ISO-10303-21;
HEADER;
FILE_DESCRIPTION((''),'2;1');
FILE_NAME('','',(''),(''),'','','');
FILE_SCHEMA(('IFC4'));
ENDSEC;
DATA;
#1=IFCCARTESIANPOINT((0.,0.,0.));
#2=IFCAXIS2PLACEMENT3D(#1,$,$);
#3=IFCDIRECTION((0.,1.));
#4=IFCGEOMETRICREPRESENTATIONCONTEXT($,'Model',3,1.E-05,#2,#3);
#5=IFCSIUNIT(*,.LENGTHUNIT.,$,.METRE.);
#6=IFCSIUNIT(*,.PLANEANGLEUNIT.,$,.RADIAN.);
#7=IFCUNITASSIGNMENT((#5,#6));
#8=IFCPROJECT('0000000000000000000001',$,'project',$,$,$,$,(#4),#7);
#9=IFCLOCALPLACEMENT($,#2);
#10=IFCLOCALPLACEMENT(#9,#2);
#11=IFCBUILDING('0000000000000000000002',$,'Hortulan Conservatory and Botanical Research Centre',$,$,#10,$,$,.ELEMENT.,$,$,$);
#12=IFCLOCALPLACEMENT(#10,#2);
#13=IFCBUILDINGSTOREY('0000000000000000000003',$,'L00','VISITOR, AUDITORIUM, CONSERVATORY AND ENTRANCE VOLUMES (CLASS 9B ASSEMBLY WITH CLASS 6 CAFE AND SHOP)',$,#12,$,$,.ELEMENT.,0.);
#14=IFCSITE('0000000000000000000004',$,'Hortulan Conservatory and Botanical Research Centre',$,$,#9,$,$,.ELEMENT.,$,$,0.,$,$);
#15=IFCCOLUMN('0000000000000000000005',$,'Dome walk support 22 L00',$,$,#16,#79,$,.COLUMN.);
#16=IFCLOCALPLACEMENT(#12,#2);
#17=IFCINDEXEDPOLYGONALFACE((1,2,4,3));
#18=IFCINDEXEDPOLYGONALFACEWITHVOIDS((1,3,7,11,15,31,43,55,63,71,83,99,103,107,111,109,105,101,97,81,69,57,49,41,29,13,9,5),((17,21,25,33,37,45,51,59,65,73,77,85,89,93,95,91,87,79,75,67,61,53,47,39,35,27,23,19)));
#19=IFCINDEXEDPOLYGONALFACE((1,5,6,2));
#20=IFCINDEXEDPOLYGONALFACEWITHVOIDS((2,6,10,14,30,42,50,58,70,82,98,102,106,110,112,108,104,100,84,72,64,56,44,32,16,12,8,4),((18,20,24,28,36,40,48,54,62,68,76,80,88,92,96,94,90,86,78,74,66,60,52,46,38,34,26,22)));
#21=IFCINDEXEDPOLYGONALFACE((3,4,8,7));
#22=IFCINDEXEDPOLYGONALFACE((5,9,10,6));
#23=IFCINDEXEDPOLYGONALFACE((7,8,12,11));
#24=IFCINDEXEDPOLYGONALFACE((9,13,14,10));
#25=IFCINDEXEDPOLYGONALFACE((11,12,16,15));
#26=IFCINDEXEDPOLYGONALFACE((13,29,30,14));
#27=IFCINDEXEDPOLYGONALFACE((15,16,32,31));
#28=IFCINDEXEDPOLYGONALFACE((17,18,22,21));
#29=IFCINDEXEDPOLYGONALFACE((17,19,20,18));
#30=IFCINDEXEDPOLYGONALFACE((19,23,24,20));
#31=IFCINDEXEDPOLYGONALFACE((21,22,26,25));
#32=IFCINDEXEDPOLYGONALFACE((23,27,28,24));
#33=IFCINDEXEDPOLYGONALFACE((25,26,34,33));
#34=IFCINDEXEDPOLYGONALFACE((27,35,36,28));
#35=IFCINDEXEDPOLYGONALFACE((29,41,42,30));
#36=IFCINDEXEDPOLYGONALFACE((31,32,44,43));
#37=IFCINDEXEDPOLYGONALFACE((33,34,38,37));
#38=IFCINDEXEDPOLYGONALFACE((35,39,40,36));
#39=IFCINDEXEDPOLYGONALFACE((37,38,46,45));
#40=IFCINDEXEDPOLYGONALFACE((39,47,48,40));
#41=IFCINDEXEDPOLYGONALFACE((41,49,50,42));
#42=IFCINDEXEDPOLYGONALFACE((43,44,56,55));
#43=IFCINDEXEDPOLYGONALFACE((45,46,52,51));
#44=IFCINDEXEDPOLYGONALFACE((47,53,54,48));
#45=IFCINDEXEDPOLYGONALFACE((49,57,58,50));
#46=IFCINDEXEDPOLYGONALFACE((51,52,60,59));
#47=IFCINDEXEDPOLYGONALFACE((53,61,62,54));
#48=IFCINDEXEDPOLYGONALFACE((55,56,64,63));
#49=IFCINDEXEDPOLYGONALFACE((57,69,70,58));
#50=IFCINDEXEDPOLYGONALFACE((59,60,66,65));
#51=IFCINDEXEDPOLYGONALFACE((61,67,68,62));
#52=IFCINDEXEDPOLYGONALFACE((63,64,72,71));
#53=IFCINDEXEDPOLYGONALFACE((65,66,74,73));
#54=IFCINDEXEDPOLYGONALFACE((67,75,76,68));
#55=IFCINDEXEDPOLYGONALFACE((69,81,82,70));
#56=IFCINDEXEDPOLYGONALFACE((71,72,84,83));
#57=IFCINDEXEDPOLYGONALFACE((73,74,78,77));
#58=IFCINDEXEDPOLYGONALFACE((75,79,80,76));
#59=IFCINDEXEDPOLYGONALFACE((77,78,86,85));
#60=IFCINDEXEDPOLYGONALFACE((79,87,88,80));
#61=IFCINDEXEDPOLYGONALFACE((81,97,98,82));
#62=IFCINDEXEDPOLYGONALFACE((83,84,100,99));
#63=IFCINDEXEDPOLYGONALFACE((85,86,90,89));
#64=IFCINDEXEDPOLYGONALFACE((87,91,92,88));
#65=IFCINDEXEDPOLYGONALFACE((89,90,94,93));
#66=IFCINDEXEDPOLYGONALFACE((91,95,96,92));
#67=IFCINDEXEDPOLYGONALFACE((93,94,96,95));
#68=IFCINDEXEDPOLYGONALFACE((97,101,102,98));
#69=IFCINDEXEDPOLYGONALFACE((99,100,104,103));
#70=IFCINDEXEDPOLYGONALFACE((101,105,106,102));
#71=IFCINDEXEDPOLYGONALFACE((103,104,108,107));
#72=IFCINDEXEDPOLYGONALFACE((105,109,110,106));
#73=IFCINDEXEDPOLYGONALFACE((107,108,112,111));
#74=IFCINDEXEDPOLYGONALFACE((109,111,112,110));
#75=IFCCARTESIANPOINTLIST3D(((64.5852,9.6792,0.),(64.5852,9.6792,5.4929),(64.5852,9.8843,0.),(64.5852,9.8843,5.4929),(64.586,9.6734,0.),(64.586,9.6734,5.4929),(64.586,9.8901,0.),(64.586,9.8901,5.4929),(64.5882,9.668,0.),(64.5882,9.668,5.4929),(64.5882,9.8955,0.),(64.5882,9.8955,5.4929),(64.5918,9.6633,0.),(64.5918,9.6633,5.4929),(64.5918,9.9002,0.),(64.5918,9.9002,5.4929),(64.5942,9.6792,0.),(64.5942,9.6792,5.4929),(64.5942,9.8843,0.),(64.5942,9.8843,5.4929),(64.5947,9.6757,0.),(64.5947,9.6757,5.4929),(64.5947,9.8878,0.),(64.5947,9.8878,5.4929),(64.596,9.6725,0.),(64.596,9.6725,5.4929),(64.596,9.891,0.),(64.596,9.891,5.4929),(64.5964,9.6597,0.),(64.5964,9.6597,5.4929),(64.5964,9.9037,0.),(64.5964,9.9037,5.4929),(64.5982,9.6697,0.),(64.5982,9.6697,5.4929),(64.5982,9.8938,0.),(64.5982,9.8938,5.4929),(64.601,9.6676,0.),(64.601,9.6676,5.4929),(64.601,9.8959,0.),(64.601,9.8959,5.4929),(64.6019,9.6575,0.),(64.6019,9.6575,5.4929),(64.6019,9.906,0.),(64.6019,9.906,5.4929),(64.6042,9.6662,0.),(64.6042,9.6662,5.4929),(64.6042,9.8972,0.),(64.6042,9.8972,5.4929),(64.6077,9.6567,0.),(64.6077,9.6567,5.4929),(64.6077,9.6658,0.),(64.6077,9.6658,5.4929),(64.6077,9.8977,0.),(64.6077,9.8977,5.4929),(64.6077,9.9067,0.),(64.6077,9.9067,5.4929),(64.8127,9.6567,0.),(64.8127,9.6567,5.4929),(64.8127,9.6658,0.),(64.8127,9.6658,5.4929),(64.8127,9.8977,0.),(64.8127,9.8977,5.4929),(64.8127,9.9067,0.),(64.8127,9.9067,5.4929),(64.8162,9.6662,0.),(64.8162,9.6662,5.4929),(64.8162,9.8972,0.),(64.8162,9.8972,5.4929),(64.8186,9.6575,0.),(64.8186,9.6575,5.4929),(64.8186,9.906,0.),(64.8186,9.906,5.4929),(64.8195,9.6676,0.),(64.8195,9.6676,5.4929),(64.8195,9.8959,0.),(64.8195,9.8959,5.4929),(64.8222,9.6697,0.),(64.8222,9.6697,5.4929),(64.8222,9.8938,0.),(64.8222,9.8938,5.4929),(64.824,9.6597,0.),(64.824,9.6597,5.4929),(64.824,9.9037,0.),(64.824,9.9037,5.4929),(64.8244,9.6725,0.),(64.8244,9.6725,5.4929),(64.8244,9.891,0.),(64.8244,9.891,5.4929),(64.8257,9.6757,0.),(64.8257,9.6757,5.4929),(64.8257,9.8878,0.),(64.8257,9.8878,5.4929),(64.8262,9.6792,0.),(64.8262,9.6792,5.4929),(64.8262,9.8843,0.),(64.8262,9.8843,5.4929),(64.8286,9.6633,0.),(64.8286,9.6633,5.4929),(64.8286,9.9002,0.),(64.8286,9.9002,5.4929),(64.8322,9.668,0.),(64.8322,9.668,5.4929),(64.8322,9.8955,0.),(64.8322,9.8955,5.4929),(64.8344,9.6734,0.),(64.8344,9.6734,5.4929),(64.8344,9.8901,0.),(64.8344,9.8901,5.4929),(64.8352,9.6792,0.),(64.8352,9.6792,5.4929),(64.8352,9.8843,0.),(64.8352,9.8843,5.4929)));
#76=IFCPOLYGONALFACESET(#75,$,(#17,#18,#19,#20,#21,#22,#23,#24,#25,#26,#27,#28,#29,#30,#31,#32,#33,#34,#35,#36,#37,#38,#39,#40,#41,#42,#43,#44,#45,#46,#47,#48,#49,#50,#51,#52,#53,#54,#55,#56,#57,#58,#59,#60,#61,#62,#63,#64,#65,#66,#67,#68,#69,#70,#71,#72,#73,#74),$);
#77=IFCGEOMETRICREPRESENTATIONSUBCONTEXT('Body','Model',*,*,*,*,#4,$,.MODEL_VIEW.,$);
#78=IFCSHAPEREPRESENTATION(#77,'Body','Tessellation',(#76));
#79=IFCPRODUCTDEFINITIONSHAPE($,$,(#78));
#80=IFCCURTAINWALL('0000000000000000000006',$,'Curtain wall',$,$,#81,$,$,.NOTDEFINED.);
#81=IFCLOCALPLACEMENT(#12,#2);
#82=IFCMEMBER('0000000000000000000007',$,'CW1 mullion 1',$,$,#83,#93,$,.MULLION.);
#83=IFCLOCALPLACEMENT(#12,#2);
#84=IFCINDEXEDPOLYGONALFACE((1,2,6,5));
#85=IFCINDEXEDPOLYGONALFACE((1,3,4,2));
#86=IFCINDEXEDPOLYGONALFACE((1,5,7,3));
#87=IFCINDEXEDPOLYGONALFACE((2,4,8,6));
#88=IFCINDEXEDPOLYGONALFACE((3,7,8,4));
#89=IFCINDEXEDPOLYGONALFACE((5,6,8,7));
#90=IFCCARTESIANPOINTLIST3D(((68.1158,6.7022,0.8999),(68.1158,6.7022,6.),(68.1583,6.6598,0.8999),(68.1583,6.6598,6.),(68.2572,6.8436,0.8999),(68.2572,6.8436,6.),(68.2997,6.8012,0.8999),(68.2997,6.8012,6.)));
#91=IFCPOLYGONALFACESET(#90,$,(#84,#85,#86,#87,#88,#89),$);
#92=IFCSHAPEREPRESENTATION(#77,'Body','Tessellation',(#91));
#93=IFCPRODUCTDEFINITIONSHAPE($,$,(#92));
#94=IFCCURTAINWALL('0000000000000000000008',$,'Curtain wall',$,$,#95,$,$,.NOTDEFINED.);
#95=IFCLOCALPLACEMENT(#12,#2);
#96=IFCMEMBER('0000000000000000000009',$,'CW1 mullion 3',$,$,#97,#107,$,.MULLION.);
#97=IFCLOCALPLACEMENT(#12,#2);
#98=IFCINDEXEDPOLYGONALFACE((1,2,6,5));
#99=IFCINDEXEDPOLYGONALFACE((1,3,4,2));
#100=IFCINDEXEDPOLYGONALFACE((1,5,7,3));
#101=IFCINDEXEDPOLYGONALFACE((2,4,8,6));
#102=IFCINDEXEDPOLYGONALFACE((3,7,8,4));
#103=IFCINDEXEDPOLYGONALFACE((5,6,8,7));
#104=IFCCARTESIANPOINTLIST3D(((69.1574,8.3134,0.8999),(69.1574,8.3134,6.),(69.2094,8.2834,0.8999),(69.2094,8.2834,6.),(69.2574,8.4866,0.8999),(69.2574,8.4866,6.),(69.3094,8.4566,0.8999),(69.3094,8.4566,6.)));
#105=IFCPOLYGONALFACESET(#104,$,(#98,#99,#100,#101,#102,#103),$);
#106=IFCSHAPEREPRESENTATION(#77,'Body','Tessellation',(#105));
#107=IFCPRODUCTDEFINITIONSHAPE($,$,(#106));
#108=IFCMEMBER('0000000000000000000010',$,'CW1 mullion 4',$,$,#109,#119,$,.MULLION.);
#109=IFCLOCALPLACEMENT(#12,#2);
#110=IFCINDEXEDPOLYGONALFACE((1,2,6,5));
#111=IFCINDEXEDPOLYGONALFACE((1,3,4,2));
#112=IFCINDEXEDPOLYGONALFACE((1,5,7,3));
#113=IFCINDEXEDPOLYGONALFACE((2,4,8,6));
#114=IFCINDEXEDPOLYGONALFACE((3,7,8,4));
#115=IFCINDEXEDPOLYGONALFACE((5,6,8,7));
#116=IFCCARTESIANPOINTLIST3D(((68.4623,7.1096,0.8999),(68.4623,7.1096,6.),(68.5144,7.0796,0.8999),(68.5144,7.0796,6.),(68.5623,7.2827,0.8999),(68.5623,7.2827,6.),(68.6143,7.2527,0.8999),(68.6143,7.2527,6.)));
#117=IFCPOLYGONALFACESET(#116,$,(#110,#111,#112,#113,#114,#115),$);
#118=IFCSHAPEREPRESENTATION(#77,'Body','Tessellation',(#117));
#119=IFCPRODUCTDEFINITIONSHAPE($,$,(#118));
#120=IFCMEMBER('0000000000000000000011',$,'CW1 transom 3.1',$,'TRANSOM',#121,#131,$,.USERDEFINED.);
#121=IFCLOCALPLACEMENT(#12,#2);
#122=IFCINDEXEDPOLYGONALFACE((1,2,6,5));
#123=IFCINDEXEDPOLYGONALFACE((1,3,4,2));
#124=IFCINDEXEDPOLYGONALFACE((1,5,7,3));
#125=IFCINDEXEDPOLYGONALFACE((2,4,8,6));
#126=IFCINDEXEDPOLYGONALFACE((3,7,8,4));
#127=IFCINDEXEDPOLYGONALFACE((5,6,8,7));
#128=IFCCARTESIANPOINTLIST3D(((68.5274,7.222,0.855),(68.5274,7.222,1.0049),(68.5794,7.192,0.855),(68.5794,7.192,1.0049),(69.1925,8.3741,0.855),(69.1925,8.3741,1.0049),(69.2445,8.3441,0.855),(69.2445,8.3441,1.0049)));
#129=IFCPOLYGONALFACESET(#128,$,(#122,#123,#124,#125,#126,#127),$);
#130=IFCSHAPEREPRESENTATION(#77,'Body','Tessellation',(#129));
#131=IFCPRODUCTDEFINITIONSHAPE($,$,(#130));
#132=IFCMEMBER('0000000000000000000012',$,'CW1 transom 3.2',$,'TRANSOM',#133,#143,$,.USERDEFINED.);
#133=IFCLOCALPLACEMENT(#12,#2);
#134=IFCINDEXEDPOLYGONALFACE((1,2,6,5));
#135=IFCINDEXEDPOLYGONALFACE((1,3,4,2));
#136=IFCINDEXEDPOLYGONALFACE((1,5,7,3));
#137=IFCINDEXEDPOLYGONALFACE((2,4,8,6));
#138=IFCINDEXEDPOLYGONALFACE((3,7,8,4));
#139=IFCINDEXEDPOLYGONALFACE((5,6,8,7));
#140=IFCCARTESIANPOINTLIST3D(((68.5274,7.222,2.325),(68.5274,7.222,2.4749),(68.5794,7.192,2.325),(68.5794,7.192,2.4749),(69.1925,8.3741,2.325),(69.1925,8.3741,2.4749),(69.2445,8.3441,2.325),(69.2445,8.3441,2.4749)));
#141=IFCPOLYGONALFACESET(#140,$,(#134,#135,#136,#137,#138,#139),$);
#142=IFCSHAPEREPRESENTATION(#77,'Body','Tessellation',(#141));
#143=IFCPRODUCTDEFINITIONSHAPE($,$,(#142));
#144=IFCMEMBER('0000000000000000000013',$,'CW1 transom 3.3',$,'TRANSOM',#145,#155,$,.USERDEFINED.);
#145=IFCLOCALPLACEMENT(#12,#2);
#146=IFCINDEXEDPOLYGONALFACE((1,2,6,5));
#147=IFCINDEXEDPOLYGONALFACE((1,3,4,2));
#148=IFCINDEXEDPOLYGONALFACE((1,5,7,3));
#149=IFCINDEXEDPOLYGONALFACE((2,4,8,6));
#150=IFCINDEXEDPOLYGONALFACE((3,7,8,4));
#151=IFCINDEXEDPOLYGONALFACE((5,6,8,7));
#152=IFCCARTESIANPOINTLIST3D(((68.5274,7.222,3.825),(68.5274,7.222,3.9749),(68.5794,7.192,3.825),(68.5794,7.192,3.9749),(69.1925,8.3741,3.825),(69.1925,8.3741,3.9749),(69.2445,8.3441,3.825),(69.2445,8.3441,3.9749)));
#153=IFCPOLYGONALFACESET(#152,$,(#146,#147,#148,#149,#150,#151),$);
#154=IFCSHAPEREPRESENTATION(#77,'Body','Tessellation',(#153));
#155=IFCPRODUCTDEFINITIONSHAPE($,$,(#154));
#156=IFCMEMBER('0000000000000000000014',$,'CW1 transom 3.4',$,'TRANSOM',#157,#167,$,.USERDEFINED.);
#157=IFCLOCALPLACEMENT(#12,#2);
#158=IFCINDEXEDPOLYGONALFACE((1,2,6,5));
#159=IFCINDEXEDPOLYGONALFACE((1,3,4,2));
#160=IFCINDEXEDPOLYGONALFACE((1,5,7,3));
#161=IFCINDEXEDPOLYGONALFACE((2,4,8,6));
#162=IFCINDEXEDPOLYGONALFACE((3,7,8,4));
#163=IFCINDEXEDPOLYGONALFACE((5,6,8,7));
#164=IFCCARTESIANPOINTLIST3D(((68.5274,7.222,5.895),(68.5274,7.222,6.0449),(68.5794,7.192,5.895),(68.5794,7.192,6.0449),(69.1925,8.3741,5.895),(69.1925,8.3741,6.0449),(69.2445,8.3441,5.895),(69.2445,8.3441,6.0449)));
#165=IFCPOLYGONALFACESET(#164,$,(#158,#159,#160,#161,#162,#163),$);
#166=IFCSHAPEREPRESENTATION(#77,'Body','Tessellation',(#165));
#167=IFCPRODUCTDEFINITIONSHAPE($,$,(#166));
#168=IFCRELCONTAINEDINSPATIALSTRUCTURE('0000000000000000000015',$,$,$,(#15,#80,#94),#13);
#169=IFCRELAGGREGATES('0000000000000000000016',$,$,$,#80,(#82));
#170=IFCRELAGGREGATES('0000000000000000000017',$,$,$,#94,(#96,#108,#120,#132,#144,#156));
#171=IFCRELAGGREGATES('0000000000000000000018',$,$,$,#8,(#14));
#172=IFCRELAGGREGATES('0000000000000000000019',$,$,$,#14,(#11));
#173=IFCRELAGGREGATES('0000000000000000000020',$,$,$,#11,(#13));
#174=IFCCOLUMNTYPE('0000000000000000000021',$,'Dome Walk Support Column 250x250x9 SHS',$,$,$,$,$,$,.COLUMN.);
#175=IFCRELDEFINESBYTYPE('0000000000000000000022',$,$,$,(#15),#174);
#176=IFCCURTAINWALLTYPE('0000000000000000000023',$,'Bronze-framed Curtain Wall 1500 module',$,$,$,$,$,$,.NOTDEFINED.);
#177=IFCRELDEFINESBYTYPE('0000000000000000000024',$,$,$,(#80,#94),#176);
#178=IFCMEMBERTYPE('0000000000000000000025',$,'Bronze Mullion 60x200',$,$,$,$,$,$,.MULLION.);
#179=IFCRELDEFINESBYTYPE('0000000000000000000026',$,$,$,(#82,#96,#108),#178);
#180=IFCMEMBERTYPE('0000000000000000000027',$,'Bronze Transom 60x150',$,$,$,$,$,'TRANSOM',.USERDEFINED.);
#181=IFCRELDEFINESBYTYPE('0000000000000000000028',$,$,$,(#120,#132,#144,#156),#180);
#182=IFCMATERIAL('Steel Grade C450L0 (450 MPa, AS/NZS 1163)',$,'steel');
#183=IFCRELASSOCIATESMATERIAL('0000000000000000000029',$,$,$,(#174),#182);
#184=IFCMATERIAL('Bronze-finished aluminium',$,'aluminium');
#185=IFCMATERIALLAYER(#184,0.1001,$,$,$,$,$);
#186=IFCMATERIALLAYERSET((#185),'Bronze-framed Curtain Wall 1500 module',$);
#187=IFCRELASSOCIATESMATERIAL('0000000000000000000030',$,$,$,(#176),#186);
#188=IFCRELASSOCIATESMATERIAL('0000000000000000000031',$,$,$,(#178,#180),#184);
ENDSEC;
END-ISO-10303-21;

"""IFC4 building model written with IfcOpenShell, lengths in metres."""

from ifc_helpers import new_model, si_unit, direction, frame, origin, origin_2d, place, context, subcontext, project, spatial, rectangle, hollow_rectangle, extrude, material, layer, layer_set, material_profile, profile_set, type_object, element, aggregate, save


model = new_model("IFC4")

# Units and contexts
model_context = context("Model", 3, precision=1e-05, world=origin(), true_north=direction((0.0, 1.0)))
body_context = subcontext(model_context, "Body", "Model", "MODEL_VIEW")
ifc_project = project(units=[si_unit("LENGTHUNIT", "METRE"), si_unit("PLANEANGLEUNIT", "RADIAN")], contexts=[model_context])

# Site, building, storey
site_placement = place(None, origin())
site = spatial("IfcSite", under=ifc_project, at=site_placement, Name="Hortulan Conservatory and Botanical Research Centre", CompositionType="ELEMENT", RefElevation=0.0)
building_placement = place(site_placement, origin())
building = spatial("IfcBuilding", under=site, at=building_placement, Name="Hortulan Conservatory and Botanical Research Centre", CompositionType="ELEMENT")
storey_placement = place(building_placement, origin())
storey = spatial("IfcBuildingStorey", under=building, at=storey_placement, Name="L00", Description="VISITOR, AUDITORIUM, CONSERVATORY AND ENTRANCE VOLUMES (CLASS 9B ASSEMBLY WITH CLASS 6 CAFE AND SHOP)", CompositionType="ELEMENT", Elevation=0.0)

# Column
ifc_material_1 = material(Name="Steel Grade C450L0 (450 MPa, AS/NZS 1163)", Category="steel")
ifc_material_profile_1 = material_profile(ifc_material_1, hollow_rectangle(XDim=0.25, YDim=0.25, WallThickness=0.009, InnerFilletRadius=0.0134, OuterFilletRadius=0.0225, at=origin_2d()), Name="250x250x9SHS")
ifc_profile_set_1 = profile_set([ifc_material_profile_1], Name="Steel Grade C450L0 (450 MPa, AS/NZS 1163)")
column_type_1 = type_object("IfcColumnType", Name="Dome Walk Support Column 250x250x9 SHS", PredefinedType="COLUMN", material=ifc_profile_set_1)
for number, where, z_axis, x_axis, name in (
    (1, (64.7102, 9.7817, 0.0), (0.0, 0.0, 1.0), (1.0, 0.0, 0.0), "Dome walk support 22 L00"),
):
    element("IfcColumn", number, at=place(storey_placement, frame(where, z_axis=z_axis, x_axis=x_axis)), inside=storey, type_object=column_type_1, Name=name, PredefinedType="COLUMN", context=body_context, shape_type="SweptSolid", body=[
        extrude(hollow_rectangle(XDim=0.25, YDim=0.25, WallThickness=0.009, InnerFilletRadius=0.0134, OuterFilletRadius=0.0225, at=origin_2d()), origin(), (0.0, 0.0, 1.0), 5.4929),
    ])

# Curtain wall, member
ifc_material_2 = material(Name="Bronze-finished aluminium", Category="aluminium")
ifc_layer_1 = layer(ifc_material_2, 0.1001)
ifc_layer_set_1 = layer_set([ifc_layer_1], Name="Bronze-framed Curtain Wall 1500 module")
curtain_wall_type = type_object("IfcCurtainWallType", Name="Bronze-framed Curtain Wall 1500 module", PredefinedType="NOTDEFINED", material=ifc_layer_set_1)
curtain_wall_1_placement = place(storey_placement, origin())
curtain_wall_1 = element("IfcCurtainWall", 2, at=curtain_wall_1_placement, inside=storey, type_object=curtain_wall_type, Name="Curtain wall", PredefinedType="NOTDEFINED")
ifc_material_profile_2 = material_profile(ifc_material_2, rectangle(XDim=0.0601, YDim=0.2, at=origin_2d()), Name="Bronze Mullion 60x200")
ifc_profile_set_2 = profile_set([ifc_material_profile_2], Name="Bronze-finished aluminium")
member_type_1 = type_object("IfcMemberType", Name="Bronze Mullion 60x200", PredefinedType="MULLION", material=ifc_profile_set_2)
member_1_placement = place(storey_placement, frame((68.2078, 6.7517, 0.8999), z_axis=(0.0, 0.0, 1.0), x_axis=(0.707107, -0.707107, 0.0)))
member_1 = element("IfcMember", 3, at=member_1_placement, type_object=member_type_1, Name="CW1 mullion 1", PredefinedType="MULLION", context=body_context, shape_type="SweptSolid", body=[
    extrude(rectangle(XDim=0.0601, YDim=0.2, at=origin_2d()), origin(), (0.0, 0.0, 1.0), 5.1001),
])
aggregate(curtain_wall_1, [member_1])

# Curtain wall, members
curtain_wall_2_placement = place(storey_placement, origin())
curtain_wall_2 = element("IfcCurtainWall", 4, at=curtain_wall_2_placement, inside=storey, type_object=curtain_wall_type, Name="Curtain wall", PredefinedType="NOTDEFINED")
member_2_placement = place(storey_placement, frame((69.2334, 8.385, 0.8999), z_axis=(0.0, 0.0, 1.0), x_axis=(0.866036, -0.499981, 0.0)))
member_2 = element("IfcMember", 5, at=member_2_placement, type_object=member_type_1, Name="CW1 mullion 3", PredefinedType="MULLION", context=body_context, shape_type="SweptSolid", body=[
    extrude(rectangle(XDim=0.0601, YDim=0.2, at=origin_2d()), origin(), (0.0, 0.0, 1.0), 5.1001),
])
member_3_placement = place(storey_placement, frame((68.5383, 7.1812, 0.8999), z_axis=(0.0, 0.0, 1.0), x_axis=(0.866036, -0.499981, 0.0)))
member_3 = element("IfcMember", 6, at=member_3_placement, type_object=member_type_1, Name="CW1 mullion 4", PredefinedType="MULLION", context=body_context, shape_type="SweptSolid", body=[
    extrude(rectangle(XDim=0.0601, YDim=0.2, at=origin_2d()), origin(), (0.0, 0.0, 1.0), 5.1001),
])
ifc_material_profile_3 = material_profile(ifc_material_2, rectangle(XDim=0.0601, YDim=0.1499, at=origin_2d()), Name="Bronze Transom 60x150")
ifc_profile_set_3 = profile_set([ifc_material_profile_3], Name="Bronze-finished aluminium")
member_type_2 = type_object("IfcMemberType", Name="Bronze Transom 60x150", ElementType="TRANSOM", PredefinedType="USERDEFINED", material=ifc_profile_set_3)
member_4_placement = place(storey_placement, frame((69.2185, 8.3591, 0.9299), z_axis=(-0.499929, -0.866066, 0.0), x_axis=(0.866066, -0.499929, 0.0)))
member_4 = element("IfcMember", 7, at=member_4_placement, type_object=member_type_2, Name="CW1 transom 3.1", ObjectType="TRANSOM", PredefinedType="USERDEFINED", context=body_context, shape_type="SweptSolid", body=[
    extrude(rectangle(XDim=0.0601, YDim=0.1499, at=origin_2d()), origin(), (0.0, 0.0, 1.0), 1.3303),
])
member_5_placement = place(storey_placement, frame((69.2185, 8.3591, 2.3999), z_axis=(-0.499929, -0.866066, 0.0), x_axis=(0.866066, -0.499929, 0.0)))
member_5 = element("IfcMember", 8, at=member_5_placement, type_object=member_type_2, Name="CW1 transom 3.2", ObjectType="TRANSOM", PredefinedType="USERDEFINED", context=body_context, shape_type="SweptSolid", body=[
    extrude(rectangle(XDim=0.0601, YDim=0.1499, at=origin_2d()), origin(), (0.0, 0.0, 1.0), 1.3303),
])
member_6_placement = place(storey_placement, frame((69.2185, 8.3591, 3.8999), z_axis=(-0.499929, -0.866066, 0.0), x_axis=(0.866066, -0.499929, 0.0)))
member_6 = element("IfcMember", 9, at=member_6_placement, type_object=member_type_2, Name="CW1 transom 3.3", ObjectType="TRANSOM", PredefinedType="USERDEFINED", context=body_context, shape_type="SweptSolid", body=[
    extrude(rectangle(XDim=0.0601, YDim=0.1499, at=origin_2d()), origin(), (0.0, 0.0, 1.0), 1.3303),
])
member_7_placement = place(storey_placement, frame((69.2185, 8.3591, 5.97), z_axis=(-0.499929, -0.866066, 0.0), x_axis=(0.866066, -0.499929, 0.0)))
member_7 = element("IfcMember", 10, at=member_7_placement, type_object=member_type_2, Name="CW1 transom 3.4", ObjectType="TRANSOM", PredefinedType="USERDEFINED", context=body_context, shape_type="SweptSolid", body=[
    extrude(rectangle(XDim=0.0601, YDim=0.1499, at=origin_2d()), origin(), (0.0, 0.0, 1.0), 1.3303),
])

aggregate(curtain_wall_2, [member_2, member_3, member_4, member_5, member_6, member_7])

save(model, "model.ifc")
